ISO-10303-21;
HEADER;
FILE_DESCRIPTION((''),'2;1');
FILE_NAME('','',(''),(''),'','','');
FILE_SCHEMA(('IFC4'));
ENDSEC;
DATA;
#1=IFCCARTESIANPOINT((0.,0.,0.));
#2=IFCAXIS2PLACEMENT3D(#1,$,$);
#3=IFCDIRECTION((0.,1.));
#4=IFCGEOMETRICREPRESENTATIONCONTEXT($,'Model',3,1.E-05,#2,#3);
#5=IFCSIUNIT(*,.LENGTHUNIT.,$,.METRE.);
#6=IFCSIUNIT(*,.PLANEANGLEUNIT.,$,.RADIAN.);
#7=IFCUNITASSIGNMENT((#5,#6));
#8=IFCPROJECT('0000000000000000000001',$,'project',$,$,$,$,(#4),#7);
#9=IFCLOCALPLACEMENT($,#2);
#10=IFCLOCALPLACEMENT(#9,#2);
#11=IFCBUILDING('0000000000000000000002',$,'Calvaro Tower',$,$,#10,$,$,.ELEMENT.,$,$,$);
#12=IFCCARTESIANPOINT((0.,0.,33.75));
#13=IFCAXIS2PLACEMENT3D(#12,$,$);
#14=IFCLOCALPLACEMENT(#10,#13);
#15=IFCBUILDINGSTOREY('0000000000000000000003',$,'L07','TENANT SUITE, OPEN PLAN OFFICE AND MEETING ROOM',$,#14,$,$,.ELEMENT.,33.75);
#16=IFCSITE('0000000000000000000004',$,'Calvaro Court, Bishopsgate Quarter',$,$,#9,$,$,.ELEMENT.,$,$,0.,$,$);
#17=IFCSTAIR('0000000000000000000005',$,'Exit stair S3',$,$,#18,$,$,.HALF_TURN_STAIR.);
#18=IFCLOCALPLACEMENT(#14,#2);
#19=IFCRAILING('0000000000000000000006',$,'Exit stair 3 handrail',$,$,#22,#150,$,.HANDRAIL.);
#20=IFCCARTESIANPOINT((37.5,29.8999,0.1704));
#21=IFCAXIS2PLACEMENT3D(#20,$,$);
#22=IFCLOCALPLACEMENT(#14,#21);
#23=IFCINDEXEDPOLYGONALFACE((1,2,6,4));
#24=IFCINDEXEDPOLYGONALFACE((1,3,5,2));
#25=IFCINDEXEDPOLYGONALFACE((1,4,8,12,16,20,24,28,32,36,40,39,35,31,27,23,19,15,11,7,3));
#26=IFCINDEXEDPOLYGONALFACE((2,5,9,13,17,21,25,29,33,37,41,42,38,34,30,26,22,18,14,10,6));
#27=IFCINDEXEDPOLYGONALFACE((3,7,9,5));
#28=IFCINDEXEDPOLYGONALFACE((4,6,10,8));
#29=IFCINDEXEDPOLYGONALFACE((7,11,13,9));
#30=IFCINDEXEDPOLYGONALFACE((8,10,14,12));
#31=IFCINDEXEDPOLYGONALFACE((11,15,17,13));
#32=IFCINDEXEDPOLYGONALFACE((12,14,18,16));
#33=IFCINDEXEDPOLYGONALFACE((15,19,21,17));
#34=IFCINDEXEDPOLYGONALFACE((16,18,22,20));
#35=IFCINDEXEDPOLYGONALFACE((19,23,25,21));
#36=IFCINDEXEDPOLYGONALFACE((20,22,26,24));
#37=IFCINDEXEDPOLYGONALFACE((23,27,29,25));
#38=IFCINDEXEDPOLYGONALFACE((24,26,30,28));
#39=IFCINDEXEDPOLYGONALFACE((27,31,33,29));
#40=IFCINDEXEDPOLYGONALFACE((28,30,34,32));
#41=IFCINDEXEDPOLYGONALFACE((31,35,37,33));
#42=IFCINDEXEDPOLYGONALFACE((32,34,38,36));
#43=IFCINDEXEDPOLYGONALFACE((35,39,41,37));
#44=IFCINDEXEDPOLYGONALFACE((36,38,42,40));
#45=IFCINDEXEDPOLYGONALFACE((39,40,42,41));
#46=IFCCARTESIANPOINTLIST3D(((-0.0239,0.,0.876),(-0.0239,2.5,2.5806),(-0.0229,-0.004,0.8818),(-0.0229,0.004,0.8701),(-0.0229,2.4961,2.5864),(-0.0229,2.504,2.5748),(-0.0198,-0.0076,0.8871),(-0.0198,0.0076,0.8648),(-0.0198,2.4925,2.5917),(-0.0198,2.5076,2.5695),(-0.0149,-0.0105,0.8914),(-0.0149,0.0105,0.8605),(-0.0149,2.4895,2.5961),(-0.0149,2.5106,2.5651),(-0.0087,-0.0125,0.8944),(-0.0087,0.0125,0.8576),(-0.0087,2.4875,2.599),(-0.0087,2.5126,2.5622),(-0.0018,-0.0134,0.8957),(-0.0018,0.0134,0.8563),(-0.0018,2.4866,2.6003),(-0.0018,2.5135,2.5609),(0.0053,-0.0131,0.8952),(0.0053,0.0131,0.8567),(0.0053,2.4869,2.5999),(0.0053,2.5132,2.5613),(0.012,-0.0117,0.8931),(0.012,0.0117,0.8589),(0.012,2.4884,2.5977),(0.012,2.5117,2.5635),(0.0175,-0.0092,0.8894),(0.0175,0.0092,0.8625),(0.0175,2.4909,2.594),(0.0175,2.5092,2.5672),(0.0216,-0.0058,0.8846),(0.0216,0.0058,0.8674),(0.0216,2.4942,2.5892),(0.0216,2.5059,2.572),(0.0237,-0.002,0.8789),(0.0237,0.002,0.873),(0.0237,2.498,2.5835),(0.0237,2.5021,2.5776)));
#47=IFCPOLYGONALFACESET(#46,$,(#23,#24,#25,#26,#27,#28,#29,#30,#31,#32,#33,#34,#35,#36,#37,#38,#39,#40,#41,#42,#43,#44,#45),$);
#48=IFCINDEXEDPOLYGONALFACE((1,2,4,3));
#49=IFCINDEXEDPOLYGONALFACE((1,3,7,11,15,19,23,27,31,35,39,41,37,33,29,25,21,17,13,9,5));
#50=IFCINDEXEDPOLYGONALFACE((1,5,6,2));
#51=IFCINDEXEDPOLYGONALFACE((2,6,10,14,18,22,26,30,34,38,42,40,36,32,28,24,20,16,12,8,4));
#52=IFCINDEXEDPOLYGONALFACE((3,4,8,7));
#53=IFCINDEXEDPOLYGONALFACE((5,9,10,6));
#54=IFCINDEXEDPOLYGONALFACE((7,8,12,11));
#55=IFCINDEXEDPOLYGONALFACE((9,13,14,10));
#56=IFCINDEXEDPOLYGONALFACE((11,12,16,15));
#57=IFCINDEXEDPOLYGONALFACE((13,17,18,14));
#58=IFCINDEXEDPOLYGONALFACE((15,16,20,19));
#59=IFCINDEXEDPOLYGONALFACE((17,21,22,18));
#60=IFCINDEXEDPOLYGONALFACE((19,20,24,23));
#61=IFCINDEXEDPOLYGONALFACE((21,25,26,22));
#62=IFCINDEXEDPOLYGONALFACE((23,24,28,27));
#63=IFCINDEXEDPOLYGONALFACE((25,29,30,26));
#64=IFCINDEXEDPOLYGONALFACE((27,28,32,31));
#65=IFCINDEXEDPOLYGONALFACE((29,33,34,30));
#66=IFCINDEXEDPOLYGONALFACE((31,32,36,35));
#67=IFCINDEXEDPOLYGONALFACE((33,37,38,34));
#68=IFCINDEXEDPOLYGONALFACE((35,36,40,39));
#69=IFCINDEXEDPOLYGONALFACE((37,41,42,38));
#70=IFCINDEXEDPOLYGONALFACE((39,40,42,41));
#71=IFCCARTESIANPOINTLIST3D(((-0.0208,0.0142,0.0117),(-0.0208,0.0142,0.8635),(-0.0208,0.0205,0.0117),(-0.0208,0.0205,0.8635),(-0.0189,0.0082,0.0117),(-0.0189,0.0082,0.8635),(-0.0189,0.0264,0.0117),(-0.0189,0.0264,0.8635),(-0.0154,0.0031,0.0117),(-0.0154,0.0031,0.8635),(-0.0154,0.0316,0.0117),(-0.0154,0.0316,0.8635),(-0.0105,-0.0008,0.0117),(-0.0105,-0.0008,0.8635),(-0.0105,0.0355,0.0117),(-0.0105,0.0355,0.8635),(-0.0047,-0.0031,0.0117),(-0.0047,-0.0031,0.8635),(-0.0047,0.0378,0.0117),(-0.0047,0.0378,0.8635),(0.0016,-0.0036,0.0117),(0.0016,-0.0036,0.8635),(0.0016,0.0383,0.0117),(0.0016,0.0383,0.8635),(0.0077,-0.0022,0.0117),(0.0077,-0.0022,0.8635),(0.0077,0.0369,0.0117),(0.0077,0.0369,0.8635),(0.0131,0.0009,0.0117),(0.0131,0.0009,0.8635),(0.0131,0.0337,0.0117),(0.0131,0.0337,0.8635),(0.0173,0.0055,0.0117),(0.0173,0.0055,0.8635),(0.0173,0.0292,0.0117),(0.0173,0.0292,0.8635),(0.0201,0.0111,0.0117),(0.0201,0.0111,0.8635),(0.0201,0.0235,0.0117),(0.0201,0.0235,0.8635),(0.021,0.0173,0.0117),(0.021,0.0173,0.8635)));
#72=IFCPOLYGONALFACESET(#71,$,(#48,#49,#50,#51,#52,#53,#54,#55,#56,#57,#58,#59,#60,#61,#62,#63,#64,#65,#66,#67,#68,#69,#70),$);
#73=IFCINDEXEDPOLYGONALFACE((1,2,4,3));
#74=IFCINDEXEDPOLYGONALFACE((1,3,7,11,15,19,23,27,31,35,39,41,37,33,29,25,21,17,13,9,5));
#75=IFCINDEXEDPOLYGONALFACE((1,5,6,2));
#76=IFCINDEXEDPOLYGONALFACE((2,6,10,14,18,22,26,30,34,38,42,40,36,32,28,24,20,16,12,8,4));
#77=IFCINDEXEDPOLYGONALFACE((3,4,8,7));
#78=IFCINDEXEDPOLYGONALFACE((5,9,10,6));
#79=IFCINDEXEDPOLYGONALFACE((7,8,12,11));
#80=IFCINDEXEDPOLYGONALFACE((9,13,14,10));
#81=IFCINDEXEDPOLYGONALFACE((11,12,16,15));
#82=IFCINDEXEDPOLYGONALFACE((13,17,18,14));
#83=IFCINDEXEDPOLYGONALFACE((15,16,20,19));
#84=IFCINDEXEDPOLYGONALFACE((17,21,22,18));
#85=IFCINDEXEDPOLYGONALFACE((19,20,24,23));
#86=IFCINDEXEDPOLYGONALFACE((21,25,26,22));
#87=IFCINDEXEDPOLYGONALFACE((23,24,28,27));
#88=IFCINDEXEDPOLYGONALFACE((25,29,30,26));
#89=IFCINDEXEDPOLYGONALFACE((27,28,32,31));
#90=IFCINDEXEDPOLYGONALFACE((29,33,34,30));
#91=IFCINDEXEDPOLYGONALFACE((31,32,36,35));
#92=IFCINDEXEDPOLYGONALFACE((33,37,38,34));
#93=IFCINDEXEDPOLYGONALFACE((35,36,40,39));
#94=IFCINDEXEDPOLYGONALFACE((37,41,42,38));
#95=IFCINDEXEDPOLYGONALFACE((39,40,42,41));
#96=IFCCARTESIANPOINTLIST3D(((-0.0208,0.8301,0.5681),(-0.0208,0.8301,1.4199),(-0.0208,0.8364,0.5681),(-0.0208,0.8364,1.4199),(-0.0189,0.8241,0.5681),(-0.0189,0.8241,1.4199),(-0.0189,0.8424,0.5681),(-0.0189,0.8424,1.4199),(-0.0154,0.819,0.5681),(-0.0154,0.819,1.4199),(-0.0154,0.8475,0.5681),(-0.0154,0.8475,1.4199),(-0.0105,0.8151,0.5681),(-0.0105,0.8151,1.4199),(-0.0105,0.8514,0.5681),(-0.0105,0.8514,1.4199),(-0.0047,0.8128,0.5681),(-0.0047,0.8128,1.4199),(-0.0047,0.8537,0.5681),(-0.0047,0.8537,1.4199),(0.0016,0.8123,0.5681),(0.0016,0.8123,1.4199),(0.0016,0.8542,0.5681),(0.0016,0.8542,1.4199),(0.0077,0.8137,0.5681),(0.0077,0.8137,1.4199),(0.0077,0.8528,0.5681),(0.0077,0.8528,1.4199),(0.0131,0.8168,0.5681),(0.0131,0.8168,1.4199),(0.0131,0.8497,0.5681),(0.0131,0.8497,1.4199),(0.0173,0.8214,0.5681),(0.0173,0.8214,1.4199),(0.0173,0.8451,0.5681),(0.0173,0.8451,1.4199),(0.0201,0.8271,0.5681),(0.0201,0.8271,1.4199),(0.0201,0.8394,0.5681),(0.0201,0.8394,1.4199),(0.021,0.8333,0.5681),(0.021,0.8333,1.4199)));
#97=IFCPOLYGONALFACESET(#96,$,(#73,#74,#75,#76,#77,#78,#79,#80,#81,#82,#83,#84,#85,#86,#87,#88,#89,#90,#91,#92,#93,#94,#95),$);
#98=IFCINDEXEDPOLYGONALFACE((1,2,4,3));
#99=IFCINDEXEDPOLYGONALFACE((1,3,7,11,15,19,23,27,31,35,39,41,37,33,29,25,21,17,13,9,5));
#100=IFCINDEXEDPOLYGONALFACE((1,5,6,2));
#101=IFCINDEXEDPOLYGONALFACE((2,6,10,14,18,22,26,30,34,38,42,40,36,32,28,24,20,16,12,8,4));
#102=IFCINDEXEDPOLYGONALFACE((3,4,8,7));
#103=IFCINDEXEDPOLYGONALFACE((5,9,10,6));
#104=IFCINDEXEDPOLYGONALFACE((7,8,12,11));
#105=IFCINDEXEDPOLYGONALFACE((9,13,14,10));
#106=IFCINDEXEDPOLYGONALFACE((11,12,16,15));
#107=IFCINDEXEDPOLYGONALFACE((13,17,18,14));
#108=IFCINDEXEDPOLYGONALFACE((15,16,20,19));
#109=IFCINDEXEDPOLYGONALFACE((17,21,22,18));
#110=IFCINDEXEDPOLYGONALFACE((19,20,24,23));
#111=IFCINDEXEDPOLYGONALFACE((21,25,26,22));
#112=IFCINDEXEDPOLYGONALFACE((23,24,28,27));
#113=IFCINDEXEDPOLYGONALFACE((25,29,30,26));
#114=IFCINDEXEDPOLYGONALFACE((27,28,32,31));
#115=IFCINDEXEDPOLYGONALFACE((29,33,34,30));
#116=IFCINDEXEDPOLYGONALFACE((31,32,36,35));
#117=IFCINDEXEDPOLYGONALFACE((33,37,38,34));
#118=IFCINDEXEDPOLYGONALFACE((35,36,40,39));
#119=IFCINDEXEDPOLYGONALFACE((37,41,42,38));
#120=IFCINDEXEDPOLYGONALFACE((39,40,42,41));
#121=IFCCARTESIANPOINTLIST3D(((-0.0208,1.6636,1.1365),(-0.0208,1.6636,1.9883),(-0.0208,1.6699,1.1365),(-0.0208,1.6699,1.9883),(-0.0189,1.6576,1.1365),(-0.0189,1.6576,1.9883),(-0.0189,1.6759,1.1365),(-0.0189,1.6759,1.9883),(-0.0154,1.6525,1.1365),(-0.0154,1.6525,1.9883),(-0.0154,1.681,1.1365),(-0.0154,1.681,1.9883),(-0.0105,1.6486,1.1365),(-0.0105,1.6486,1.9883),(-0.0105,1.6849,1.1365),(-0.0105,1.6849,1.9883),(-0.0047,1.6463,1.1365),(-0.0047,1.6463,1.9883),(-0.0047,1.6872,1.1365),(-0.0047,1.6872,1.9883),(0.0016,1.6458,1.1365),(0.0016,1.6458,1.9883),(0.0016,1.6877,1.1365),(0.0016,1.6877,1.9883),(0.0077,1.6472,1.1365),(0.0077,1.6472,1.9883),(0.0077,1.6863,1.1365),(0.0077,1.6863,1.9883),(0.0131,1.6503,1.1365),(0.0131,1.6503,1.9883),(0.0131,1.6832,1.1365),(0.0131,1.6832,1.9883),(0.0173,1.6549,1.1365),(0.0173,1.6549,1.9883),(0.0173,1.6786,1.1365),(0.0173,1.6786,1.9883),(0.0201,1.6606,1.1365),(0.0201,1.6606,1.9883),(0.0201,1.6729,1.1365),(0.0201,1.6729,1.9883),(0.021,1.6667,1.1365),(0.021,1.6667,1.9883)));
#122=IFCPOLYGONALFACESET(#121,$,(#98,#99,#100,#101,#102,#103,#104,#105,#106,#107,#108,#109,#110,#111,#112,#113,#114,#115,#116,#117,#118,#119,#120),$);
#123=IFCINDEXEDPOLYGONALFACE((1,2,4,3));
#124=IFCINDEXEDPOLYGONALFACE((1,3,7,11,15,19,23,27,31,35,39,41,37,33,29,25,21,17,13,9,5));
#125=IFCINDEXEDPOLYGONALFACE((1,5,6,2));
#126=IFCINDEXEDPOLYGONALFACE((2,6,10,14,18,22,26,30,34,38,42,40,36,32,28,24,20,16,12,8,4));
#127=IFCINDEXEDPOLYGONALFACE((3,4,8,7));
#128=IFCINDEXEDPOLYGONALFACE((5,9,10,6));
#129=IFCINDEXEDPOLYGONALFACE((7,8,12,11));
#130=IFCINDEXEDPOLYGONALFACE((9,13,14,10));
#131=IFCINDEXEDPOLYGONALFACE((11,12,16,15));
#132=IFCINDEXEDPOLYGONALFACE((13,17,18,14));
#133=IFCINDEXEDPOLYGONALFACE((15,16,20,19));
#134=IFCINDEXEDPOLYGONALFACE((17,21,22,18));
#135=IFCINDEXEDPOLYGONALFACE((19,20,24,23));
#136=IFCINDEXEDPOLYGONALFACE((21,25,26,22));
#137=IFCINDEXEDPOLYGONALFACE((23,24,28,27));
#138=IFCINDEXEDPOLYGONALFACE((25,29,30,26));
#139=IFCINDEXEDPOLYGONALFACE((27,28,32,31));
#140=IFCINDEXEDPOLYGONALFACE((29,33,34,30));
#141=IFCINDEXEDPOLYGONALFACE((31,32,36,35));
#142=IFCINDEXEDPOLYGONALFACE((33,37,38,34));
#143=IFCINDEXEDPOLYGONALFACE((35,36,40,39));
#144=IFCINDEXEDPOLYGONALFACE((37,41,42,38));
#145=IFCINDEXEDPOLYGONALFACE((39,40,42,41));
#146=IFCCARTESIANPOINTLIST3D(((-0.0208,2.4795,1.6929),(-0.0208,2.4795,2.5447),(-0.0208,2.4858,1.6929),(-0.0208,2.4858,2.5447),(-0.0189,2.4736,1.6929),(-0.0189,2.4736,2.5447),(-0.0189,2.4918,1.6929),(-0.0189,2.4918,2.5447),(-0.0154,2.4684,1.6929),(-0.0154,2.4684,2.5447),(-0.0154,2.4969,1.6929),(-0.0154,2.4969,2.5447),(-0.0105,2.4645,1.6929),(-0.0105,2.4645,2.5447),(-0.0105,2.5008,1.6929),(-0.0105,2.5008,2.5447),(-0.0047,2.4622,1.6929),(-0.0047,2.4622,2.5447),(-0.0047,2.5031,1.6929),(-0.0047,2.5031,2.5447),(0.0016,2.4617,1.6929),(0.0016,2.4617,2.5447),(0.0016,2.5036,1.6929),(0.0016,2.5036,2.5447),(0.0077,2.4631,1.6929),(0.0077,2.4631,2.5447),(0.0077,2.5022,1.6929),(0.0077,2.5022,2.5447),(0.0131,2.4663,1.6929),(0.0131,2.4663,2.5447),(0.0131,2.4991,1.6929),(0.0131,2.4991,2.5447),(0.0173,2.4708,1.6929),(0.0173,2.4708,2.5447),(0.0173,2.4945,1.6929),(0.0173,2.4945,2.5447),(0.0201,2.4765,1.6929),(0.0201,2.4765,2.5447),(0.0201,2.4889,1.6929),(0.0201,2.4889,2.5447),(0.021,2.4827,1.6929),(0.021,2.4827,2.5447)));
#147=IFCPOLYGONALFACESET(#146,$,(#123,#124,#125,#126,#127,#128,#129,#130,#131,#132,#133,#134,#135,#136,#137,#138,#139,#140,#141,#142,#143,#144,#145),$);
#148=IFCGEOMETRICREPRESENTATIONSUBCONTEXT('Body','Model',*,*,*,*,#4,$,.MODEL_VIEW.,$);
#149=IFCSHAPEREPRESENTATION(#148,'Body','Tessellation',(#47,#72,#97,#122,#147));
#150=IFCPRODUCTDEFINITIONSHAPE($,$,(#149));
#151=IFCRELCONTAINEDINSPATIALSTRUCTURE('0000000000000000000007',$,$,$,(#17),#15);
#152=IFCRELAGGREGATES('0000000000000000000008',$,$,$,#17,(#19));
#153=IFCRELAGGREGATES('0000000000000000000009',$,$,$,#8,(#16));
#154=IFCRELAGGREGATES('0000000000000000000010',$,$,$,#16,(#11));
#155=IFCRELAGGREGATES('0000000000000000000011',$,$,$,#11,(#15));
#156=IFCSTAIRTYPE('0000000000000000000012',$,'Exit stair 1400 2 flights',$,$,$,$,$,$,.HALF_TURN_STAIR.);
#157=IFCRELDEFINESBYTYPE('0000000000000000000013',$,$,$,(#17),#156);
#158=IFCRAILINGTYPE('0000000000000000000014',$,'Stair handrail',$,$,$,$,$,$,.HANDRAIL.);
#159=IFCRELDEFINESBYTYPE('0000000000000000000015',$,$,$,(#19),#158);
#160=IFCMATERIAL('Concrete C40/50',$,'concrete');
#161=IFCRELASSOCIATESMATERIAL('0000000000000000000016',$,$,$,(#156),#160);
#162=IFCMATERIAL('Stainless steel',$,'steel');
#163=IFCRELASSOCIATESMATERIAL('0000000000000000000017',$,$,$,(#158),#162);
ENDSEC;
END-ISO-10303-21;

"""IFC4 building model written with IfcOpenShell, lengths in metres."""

from ifc_helpers import new_model, si_unit, direction, frame, origin, origin_2d, place, context, subcontext, project, spatial, circle, extrude, material, type_object, element, aggregate, save


model = new_model("IFC4")

# Units and contexts
model_context = context("Model", 3, precision=1e-05, world=origin(), true_north=direction((0.0, 1.0)))
body_context = subcontext(model_context, "Body", "Model", "MODEL_VIEW")
ifc_project = project(units=[si_unit("LENGTHUNIT", "METRE"), si_unit("PLANEANGLEUNIT", "RADIAN")], contexts=[model_context])

# Site, building, storey
site_placement = place(None, origin())
site = spatial("IfcSite", under=ifc_project, at=site_placement, Name="Calvaro Court, Bishopsgate Quarter", CompositionType="ELEMENT", RefElevation=0.0)
building_placement = place(site_placement, origin())
building = spatial("IfcBuilding", under=site, at=building_placement, Name="Calvaro Tower", CompositionType="ELEMENT")
storey_placement = place(building_placement, frame((0.0, 0.0, 33.75)))
storey = spatial("IfcBuildingStorey", under=building, at=storey_placement, Name="L07", Description="TENANT SUITE, OPEN PLAN OFFICE AND MEETING ROOM", CompositionType="ELEMENT", Elevation=33.75)

# Stair, railing
ifc_material_1 = material(Name="Concrete C40/50", Category="concrete")
stair_type = type_object("IfcStairType", Name="Exit stair 1400 2 flights", PredefinedType="HALF_TURN_STAIR", material=ifc_material_1)
stair_placement = place(storey_placement, origin())
stair = element("IfcStair", 1, at=stair_placement, inside=storey, type_object=stair_type, Name="Exit stair S3", PredefinedType="HALF_TURN_STAIR")
ifc_material_2 = material(Name="Stainless steel", Category="steel")
railing_type = type_object("IfcRailingType", Name="Stair handrail", PredefinedType="HANDRAIL", material=ifc_material_2)
railing_1_placement = place(storey_placement, frame((37.5, 29.8999, 0.1704)))
railing_1 = element("IfcRailing", 2, at=railing_1_placement, type_object=railing_type, Name="Exit stair 3 handrail", PredefinedType="HANDRAIL", context=body_context, shape_type="SweptSolid", body=[
    extrude(circle(Radius=0.0239, at=origin_2d()), frame((0.0, 0.0, 0.876), z_axis=(0.0, 0.826221, 0.563347), x_axis=(-1.0, 0.0, 0.0)), (0.0, 0.0, 1.0), 3.0259),
    extrude(circle(Radius=0.021, at=origin_2d()), frame((0.0, 0.0173, 0.0117)), (0.0, 0.0, 1.0), 0.8518),
    extrude(circle(Radius=0.021, at=origin_2d()), frame((0.0, 0.8333, 0.5681)), (0.0, 0.0, 1.0), 0.8518),
    extrude(circle(Radius=0.021, at=origin_2d()), frame((0.0, 1.6667, 1.1365)), (0.0, 0.0, 1.0), 0.8518),
    extrude(circle(Radius=0.021, at=origin_2d()), frame((0.0, 2.4827, 1.6929)), (0.0, 0.0, 1.0), 0.8518),
])
aggregate(stair, [railing_1])

save(model, "model.ifc")
